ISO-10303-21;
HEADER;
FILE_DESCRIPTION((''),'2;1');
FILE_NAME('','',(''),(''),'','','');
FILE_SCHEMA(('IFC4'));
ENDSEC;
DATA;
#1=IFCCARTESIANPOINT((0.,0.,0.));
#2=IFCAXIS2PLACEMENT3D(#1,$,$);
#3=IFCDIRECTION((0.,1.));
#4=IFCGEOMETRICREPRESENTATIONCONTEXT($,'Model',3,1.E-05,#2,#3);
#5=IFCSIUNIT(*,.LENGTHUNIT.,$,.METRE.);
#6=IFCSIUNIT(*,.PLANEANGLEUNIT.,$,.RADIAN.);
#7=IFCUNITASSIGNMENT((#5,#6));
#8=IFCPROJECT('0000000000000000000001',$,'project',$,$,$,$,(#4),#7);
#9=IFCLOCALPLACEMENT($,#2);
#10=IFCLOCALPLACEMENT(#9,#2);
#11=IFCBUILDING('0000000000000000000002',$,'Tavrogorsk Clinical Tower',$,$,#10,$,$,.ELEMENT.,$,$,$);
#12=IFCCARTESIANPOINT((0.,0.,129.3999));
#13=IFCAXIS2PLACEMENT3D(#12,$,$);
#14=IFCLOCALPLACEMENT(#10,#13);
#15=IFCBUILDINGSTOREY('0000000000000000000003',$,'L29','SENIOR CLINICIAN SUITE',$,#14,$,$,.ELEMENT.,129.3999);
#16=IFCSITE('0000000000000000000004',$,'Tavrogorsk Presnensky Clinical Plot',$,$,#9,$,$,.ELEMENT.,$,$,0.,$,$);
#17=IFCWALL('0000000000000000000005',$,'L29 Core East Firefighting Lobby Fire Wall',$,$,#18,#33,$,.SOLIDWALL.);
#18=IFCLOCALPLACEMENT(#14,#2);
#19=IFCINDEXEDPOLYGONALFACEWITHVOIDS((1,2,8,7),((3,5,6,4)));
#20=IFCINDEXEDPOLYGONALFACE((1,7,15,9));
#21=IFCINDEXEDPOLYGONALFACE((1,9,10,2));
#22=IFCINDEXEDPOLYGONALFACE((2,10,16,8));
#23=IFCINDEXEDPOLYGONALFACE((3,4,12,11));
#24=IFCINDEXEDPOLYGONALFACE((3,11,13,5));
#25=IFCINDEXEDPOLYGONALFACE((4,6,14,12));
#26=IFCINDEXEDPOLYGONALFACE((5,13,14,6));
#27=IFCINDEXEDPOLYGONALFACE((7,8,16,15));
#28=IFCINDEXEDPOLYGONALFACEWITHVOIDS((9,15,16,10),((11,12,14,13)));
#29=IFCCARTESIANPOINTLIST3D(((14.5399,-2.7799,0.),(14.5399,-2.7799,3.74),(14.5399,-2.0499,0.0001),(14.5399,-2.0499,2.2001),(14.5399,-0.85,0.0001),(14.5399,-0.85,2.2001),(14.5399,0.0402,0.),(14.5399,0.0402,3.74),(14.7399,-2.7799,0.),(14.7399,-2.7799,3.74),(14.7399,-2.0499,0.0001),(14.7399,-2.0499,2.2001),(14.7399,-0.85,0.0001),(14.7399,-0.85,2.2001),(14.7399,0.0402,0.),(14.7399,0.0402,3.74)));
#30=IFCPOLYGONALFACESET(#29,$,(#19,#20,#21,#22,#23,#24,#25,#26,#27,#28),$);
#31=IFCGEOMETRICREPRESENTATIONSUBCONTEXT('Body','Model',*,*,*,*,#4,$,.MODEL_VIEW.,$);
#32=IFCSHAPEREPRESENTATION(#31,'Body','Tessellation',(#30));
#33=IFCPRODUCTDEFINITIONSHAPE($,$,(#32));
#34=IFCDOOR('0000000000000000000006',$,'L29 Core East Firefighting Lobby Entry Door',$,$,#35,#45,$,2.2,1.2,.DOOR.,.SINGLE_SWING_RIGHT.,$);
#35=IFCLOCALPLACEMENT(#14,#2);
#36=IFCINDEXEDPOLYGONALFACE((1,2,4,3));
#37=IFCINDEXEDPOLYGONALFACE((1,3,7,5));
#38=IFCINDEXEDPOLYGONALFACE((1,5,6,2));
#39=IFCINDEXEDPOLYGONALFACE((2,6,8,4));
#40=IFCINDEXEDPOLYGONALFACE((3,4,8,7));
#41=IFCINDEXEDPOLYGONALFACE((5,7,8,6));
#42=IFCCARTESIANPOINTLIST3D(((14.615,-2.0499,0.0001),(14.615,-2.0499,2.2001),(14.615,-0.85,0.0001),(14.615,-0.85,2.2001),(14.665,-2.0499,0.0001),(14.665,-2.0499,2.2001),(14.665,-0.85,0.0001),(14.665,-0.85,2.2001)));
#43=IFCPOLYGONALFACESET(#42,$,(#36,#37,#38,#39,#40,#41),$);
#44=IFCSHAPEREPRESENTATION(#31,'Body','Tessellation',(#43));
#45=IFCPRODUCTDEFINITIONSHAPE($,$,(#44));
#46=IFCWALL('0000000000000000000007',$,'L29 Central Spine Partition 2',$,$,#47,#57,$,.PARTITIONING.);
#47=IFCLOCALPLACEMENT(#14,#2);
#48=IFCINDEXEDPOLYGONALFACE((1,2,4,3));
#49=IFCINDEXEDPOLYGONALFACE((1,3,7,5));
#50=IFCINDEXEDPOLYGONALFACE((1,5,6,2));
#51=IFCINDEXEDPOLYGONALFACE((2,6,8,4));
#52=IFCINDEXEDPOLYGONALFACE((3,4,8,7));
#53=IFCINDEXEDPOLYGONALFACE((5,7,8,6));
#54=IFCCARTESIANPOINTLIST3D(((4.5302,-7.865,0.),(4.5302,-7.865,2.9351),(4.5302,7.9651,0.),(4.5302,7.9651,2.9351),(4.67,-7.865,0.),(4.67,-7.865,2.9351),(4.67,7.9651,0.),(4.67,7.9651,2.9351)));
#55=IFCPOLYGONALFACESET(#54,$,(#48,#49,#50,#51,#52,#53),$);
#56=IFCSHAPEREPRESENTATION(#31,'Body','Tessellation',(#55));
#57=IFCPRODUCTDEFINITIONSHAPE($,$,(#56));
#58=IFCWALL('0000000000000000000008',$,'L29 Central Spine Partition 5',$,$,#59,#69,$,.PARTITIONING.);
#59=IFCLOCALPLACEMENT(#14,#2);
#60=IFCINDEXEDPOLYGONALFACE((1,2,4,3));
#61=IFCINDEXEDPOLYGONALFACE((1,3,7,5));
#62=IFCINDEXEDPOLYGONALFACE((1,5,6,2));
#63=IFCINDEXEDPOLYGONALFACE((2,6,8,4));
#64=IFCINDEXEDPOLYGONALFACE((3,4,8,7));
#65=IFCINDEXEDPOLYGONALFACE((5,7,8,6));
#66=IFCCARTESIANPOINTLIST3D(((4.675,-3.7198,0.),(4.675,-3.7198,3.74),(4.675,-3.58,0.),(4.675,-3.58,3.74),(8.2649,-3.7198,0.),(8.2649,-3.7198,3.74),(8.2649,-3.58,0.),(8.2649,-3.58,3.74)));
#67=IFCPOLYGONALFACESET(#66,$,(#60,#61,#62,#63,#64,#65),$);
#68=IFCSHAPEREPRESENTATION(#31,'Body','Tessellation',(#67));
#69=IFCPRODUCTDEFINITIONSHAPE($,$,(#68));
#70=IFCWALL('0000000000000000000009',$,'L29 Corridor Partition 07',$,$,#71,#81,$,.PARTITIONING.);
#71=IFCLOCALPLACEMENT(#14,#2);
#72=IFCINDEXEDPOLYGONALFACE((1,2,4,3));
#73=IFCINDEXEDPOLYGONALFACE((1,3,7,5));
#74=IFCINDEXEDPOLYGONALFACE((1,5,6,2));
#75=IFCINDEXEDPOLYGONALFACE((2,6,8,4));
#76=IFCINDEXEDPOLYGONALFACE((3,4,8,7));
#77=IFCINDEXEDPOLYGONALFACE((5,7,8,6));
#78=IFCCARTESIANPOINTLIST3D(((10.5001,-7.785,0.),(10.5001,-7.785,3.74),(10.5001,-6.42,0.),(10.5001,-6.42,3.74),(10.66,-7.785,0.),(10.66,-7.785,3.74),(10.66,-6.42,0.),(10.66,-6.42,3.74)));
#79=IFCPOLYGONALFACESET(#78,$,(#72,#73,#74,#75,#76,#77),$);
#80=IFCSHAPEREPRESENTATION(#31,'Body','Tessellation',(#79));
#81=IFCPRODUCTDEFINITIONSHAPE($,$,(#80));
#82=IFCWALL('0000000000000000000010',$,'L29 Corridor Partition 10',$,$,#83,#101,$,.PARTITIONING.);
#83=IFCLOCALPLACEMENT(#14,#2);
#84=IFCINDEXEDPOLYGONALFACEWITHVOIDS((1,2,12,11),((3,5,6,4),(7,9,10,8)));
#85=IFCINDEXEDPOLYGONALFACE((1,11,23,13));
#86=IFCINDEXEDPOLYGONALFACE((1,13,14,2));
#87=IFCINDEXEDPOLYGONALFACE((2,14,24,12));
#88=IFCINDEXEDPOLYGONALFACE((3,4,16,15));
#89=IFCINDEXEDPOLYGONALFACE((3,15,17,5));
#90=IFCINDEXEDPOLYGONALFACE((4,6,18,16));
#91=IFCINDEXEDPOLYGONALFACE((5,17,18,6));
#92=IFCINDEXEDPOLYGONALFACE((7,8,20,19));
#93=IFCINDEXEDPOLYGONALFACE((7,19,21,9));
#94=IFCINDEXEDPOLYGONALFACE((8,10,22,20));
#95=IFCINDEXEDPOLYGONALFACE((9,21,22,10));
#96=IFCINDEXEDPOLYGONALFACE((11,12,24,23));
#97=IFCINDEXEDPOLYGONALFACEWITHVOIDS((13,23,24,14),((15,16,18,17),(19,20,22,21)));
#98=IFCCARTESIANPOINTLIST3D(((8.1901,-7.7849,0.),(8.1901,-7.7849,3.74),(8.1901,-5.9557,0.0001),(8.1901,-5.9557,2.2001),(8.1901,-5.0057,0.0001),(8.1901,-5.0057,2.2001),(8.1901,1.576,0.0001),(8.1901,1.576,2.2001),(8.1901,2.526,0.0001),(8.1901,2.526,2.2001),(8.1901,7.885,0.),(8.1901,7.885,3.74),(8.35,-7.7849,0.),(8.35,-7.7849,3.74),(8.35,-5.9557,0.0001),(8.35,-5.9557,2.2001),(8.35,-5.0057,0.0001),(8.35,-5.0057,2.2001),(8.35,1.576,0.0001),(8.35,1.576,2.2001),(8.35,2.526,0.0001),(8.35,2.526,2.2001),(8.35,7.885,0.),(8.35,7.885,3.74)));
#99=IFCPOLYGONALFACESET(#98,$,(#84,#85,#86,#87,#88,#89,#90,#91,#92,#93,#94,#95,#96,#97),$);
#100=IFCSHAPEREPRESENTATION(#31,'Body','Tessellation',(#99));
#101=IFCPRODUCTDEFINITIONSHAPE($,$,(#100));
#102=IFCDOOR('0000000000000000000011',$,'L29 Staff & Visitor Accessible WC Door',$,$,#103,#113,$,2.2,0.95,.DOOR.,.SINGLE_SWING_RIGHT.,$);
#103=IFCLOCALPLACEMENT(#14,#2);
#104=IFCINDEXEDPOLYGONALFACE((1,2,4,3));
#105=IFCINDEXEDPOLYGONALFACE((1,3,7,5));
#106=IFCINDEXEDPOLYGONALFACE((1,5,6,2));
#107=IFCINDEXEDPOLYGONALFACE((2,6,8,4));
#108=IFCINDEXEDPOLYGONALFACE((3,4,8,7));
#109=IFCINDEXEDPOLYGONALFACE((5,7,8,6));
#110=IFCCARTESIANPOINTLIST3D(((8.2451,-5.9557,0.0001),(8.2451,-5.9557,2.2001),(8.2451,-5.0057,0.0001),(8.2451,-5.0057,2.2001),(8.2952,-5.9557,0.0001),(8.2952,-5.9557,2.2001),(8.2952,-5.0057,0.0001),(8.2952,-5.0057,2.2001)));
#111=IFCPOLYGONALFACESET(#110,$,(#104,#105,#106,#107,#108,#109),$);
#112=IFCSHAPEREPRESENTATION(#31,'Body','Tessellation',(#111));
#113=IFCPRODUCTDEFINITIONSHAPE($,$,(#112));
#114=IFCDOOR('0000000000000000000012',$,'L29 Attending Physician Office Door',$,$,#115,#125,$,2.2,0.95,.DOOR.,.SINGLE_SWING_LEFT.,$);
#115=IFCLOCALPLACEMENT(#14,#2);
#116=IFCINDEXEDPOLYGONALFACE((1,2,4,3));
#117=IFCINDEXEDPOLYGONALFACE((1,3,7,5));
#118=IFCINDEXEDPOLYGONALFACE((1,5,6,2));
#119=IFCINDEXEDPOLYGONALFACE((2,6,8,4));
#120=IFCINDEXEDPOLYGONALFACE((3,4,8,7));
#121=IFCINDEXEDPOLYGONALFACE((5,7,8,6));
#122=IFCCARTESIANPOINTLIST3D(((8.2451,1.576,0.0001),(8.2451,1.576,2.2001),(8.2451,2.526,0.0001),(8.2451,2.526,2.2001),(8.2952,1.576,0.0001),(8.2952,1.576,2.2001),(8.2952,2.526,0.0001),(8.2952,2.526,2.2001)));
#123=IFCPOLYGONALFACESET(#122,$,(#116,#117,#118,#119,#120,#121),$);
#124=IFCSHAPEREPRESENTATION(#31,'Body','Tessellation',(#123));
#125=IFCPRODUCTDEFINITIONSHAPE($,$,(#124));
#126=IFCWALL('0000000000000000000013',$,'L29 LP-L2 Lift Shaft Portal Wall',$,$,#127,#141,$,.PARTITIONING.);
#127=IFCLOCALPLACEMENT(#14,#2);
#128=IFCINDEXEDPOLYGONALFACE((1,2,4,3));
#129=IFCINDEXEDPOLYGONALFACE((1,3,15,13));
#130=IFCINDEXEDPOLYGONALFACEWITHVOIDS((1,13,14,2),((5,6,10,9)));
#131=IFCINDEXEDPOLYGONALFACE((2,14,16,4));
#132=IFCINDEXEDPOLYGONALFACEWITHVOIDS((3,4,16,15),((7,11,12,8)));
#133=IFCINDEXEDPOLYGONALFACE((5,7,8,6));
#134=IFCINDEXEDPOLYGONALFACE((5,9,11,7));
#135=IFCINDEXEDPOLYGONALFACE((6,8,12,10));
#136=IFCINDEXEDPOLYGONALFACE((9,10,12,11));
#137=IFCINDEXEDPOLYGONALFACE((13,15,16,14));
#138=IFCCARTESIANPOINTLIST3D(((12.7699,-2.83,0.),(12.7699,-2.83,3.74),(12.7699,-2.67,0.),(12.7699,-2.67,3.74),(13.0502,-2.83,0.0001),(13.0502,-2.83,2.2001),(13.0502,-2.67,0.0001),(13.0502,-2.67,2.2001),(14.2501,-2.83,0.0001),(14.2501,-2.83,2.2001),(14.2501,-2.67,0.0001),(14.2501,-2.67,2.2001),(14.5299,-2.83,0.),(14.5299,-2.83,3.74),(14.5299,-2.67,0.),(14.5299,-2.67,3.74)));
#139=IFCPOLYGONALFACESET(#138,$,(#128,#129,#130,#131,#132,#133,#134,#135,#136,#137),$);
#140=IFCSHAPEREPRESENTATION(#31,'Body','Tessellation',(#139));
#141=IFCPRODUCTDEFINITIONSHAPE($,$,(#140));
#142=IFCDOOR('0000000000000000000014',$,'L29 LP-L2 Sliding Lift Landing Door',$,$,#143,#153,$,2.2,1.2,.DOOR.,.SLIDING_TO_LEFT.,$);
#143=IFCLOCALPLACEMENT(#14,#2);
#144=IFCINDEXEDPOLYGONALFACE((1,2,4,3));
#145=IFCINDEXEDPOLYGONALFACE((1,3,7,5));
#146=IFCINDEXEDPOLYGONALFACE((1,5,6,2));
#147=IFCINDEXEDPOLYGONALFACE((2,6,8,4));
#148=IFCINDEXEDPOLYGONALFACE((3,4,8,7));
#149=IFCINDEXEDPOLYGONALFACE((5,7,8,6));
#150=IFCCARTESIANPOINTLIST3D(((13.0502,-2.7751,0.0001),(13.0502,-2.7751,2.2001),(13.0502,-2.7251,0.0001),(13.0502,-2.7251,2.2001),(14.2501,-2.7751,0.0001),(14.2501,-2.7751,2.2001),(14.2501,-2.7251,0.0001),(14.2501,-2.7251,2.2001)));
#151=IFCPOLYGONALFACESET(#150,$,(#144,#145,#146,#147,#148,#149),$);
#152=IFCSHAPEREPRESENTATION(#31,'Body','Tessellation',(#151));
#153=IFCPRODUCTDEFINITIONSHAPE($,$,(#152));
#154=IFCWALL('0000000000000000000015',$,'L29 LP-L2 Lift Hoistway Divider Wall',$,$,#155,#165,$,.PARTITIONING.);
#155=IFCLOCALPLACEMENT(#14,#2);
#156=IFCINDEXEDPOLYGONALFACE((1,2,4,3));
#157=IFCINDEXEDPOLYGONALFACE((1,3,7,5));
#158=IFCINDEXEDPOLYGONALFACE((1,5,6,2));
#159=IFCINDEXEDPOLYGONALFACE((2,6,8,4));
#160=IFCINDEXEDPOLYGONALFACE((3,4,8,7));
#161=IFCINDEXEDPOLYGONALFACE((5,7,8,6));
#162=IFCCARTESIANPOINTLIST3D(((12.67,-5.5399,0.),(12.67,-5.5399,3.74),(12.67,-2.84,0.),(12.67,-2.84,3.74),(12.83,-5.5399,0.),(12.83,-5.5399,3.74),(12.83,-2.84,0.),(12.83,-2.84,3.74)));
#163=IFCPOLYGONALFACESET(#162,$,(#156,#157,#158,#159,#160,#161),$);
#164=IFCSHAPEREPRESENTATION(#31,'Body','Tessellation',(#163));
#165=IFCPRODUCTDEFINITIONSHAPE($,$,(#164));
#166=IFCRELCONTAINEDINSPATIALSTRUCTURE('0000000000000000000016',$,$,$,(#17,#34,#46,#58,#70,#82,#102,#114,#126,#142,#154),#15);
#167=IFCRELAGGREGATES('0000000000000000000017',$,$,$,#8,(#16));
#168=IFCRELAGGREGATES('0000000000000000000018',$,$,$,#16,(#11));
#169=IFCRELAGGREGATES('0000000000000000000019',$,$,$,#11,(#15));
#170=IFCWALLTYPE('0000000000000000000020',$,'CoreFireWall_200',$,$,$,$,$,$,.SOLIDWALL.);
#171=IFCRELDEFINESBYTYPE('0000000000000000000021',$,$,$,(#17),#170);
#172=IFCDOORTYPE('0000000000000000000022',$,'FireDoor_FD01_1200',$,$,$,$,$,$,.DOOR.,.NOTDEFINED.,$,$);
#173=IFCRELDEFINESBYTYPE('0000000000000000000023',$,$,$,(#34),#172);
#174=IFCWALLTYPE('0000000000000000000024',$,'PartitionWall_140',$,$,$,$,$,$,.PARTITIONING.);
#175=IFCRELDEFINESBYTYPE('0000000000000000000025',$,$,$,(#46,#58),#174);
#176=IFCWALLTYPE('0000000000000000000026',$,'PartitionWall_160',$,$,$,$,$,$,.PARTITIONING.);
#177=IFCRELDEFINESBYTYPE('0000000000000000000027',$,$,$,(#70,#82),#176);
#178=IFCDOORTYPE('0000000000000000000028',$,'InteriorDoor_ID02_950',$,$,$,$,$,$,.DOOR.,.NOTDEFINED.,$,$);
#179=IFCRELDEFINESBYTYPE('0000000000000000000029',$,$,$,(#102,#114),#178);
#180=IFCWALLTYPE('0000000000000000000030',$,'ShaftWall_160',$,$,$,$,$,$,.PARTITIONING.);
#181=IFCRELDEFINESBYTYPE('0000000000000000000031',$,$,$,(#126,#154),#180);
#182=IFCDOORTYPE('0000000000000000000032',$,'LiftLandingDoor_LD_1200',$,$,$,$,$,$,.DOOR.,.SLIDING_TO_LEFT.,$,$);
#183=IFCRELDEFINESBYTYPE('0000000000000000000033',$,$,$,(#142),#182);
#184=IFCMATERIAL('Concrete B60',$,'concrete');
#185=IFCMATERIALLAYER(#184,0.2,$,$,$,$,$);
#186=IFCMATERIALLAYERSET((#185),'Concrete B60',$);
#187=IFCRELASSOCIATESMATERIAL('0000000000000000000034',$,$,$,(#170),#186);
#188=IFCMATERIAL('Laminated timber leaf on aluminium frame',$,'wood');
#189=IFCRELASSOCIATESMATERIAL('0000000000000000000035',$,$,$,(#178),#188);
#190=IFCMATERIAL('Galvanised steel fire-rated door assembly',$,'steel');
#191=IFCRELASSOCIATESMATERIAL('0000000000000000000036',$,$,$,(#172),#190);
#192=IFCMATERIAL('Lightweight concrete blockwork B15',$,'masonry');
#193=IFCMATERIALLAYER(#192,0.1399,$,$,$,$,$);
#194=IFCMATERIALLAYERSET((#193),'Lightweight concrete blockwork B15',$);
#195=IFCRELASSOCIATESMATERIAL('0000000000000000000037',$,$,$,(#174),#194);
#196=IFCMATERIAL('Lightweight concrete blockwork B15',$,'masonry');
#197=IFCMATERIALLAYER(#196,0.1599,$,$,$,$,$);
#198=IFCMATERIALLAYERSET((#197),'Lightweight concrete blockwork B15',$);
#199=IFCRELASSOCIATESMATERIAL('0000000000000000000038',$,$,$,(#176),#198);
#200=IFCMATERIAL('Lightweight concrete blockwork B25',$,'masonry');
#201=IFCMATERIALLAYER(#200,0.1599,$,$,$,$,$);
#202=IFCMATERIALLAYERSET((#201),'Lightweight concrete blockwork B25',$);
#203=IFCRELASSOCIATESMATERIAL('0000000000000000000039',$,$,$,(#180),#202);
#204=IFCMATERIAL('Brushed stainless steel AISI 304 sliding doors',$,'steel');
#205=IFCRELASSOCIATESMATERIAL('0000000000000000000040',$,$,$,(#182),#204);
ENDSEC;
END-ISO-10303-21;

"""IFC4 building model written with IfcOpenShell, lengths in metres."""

from ifc_helpers import new_model, si_unit, direction, frame, frame_2d, origin, place, context, subcontext, project, spatial, rectangle, extrude, material, layer, layer_set, type_object, element, fill, save


model = new_model("IFC4")

# Units and contexts
model_context = context("Model", 3, precision=1e-05, world=origin(), true_north=direction((0.0, 1.0)))
body_context = subcontext(model_context, "Body", "Model", "MODEL_VIEW")
ifc_project = project(units=[si_unit("LENGTHUNIT", "METRE"), si_unit("PLANEANGLEUNIT", "RADIAN")], contexts=[model_context])

# Site, building, storey
site_placement = place(None, origin())
site = spatial("IfcSite", under=ifc_project, at=site_placement, Name="Tavrogorsk Presnensky Clinical Plot", CompositionType="ELEMENT", RefElevation=0.0)
building_placement = place(site_placement, origin())
building = spatial("IfcBuilding", under=site, at=building_placement, Name="Tavrogorsk Clinical Tower", CompositionType="ELEMENT")
storey_placement = place(building_placement, frame((0.0, 0.0, 129.3999)))
storey = spatial("IfcBuildingStorey", under=building, at=storey_placement, Name="L29", Description="SENIOR CLINICIAN SUITE", CompositionType="ELEMENT", Elevation=129.3999)

# Wall, opening, door
ifc_material_1 = material(Name="Concrete B60", Category="concrete")
ifc_layer_1 = layer(ifc_material_1, 0.2)
ifc_layer_set_1 = layer_set([ifc_layer_1], Name="Concrete B60")
wall_type_1 = type_object("IfcWallType", Name="CoreFireWall_200", PredefinedType="SOLIDWALL", material=ifc_layer_set_1)
ifc_material_2 = material(Name="Laminated timber leaf on aluminium frame", Category="wood")
door_type_1 = type_object("IfcDoorType", Name="InteriorDoor_ID02_950", OperationType="NOTDEFINED", PredefinedType="DOOR", material=ifc_material_2)
wall_1_placement = place(storey_placement, frame((14.6399, -2.78, 0.0), z_axis=(0.0, 0.0, 1.0), x_axis=(0.0, 1.0, 0.0)))
wall_1 = element("IfcWall", 1, at=wall_1_placement, inside=storey, type_object=wall_type_1, Name="L29 Core East Firefighting Lobby Fire Wall", PredefinedType="SOLIDWALL", context=body_context, shape_type="SweptSolid", body=[
    extrude(rectangle(XDim=2.8201, YDim=0.2, at=frame_2d((1.4102, 0.0))), origin(), (0.0, 0.0, 1.0), 3.74),
])
opening_1_placement = place(wall_1_placement, frame((0.73, 0.0, 0.0)))
opening_1 = element("IfcOpeningElement", 2, at=opening_1_placement, cuts=wall_1, PredefinedType="OPENING", context=body_context, shape_type="SweptSolid", body=[
    extrude(rectangle(XDim=1.2, YDim=2.2, at=frame_2d((0.6001, 1.1001))), frame((0.0, 0.1099, 0.0), z_axis=(0.0, -1.0, 0.0), x_axis=(1.0, 0.0, 0.0)), (0.0, 0.0, 1.0), 0.22),
])
ifc_material_3 = material(Name="Galvanised steel fire-rated door assembly", Category="steel")
door_type_2 = type_object("IfcDoorType", Name="FireDoor_FD01_1200", OperationType="NOTDEFINED", PredefinedType="DOOR", material=ifc_material_3)
door_1_placement = place(opening_1_placement, origin())
door_1 = element("IfcDoor", 3, at=door_1_placement, inside=storey, type_object=door_type_2, Name="L29 Core East Firefighting Lobby Entry Door", OperationType="SINGLE_SWING_RIGHT", OverallHeight=2.2, OverallWidth=1.2, PredefinedType="DOOR", context=body_context, shape_type="SweptSolid", body=[
    extrude(rectangle(XDim=1.2, YDim=2.2, at=frame_2d((0.6001, 1.1001))), frame((0.0, 0.0249, 0.0), z_axis=(0.0, -1.0, 0.0), x_axis=(1.0, 0.0, 0.0)), (0.0, 0.0, 1.0), 0.05),
])
fill(opening_1, door_1)

# Walls
ifc_material_4 = material(Name="Lightweight concrete blockwork B15", Category="masonry")
ifc_layer_2 = layer(ifc_material_4, 0.1399)
ifc_layer_set_2 = layer_set([ifc_layer_2], Name="Lightweight concrete blockwork B15")
wall_type_2 = type_object("IfcWallType", Name="PartitionWall_140", PredefinedType="PARTITIONING", material=ifc_layer_set_2)
wall_2_placement = place(storey_placement, frame((4.6001, -7.865, 0.0), z_axis=(0.0, 0.0, 1.0), x_axis=(0.0, 1.0, 0.0)))
element("IfcWall", 4, at=wall_2_placement, inside=storey, type_object=wall_type_2, Name="L29 Central Spine Partition 2", PredefinedType="PARTITIONING", context=body_context, shape_type="SweptSolid", body=[
    extrude(rectangle(XDim=15.8301, YDim=0.1399, at=frame_2d((7.915, 0.0))), origin(), (0.0, 0.0, 1.0), 2.9351),
])
wall_3_placement = place(storey_placement, frame((4.675, -3.6499, 0.0), z_axis=(0.0, 0.0, 1.0), x_axis=(1.0, 0.0, 0.0)))
element("IfcWall", 5, at=wall_3_placement, inside=storey, type_object=wall_type_2, Name="L29 Central Spine Partition 5", PredefinedType="PARTITIONING", context=body_context, shape_type="SweptSolid", body=[
    extrude(rectangle(XDim=3.5898, YDim=0.1399, at=frame_2d((1.7949, 0.0))), origin(), (0.0, 0.0, 1.0), 3.74),
])
ifc_material_5 = material(Name="Lightweight concrete blockwork B15", Category="masonry")
ifc_layer_3 = layer(ifc_material_5, 0.1599)
ifc_layer_set_3 = layer_set([ifc_layer_3], Name="Lightweight concrete blockwork B15")
wall_type_3 = type_object("IfcWallType", Name="PartitionWall_160", PredefinedType="PARTITIONING", material=ifc_layer_set_3)
wall_4_placement = place(storey_placement, frame((10.5801, -6.4199, 0.0), z_axis=(0.0, 0.0, 1.0), x_axis=(0.0, -1.0, 0.0)))
element("IfcWall", 6, at=wall_4_placement, inside=storey, type_object=wall_type_3, Name="L29 Corridor Partition 07", PredefinedType="PARTITIONING", context=body_context, shape_type="SweptSolid", body=[
    extrude(rectangle(XDim=1.365, YDim=0.1599, at=frame_2d((0.6826, 0.0))), origin(), (0.0, 0.0, 1.0), 3.74),
])

# Wall, openings, doors
wall_5_placement = place(storey_placement, frame((8.27, -7.7849, 0.0), z_axis=(0.0, 0.0, 1.0), x_axis=(0.0, 1.0, 0.0)))
wall_5 = element("IfcWall", 7, at=wall_5_placement, inside=storey, type_object=wall_type_3, Name="L29 Corridor Partition 10", PredefinedType="PARTITIONING", context=body_context, shape_type="SweptSolid", body=[
    extrude(rectangle(XDim=15.6699, YDim=0.1599, at=frame_2d((7.835, 0.0))), origin(), (0.0, 0.0, 1.0), 3.74),
])
opening_2_placement = place(wall_5_placement, frame((1.8291, 0.0, 0.0)))
opening_2 = element("IfcOpeningElement", 8, at=opening_2_placement, cuts=wall_5, PredefinedType="OPENING", context=body_context, shape_type="SweptSolid", body=[
    extrude(rectangle(XDim=0.95, YDim=2.2, at=frame_2d((0.4751, 1.1001))), frame((0.0, 0.0898, 0.0), z_axis=(0.0, -1.0, 0.0), x_axis=(1.0, 0.0, 0.0)), (0.0, 0.0, 1.0), 0.1799),
])
opening_3_placement = place(wall_5_placement, frame((9.3608, 0.0, 0.0)))
opening_3 = element("IfcOpeningElement", 9, at=opening_3_placement, cuts=wall_5, PredefinedType="OPENING", context=body_context, shape_type="SweptSolid", body=[
    extrude(rectangle(XDim=0.95, YDim=2.2, at=frame_2d((0.4751, 1.1001))), frame((0.0, 0.0898, 0.0), z_axis=(0.0, -1.0, 0.0), x_axis=(1.0, 0.0, 0.0)), (0.0, 0.0, 1.0), 0.1799),
])
door_2_placement = place(opening_2_placement, origin())
door_2 = element("IfcDoor", 10, at=door_2_placement, inside=storey, type_object=door_type_1, Name="L29 Staff & Visitor Accessible WC Door", OperationType="SINGLE_SWING_RIGHT", OverallHeight=2.2, OverallWidth=0.95, PredefinedType="DOOR", context=body_context, shape_type="SweptSolid", body=[
    extrude(rectangle(XDim=0.95, YDim=2.2, at=frame_2d((0.4751, 1.1001))), frame((0.0, 0.0249, 0.0), z_axis=(0.0, -1.0, 0.0), x_axis=(1.0, 0.0, 0.0)), (0.0, 0.0, 1.0), 0.05),
])
fill(opening_2, door_2)
door_3_placement = place(opening_3_placement, origin())
door_3 = element("IfcDoor", 11, at=door_3_placement, inside=storey, type_object=door_type_1, Name="L29 Attending Physician Office Door", OperationType="SINGLE_SWING_LEFT", OverallHeight=2.2, OverallWidth=0.95, PredefinedType="DOOR", context=body_context, shape_type="SweptSolid", body=[
    extrude(rectangle(XDim=0.95, YDim=2.2, at=frame_2d((0.4751, 1.1001))), frame((0.0, 0.0249, 0.0), z_axis=(0.0, -1.0, 0.0), x_axis=(1.0, 0.0, 0.0)), (0.0, 0.0, 1.0), 0.05),
])
fill(opening_3, door_3)

# Wall, opening, door
ifc_material_6 = material(Name="Lightweight concrete blockwork B25", Category="masonry")
ifc_layer_4 = layer(ifc_material_6, 0.1599)
ifc_layer_set_4 = layer_set([ifc_layer_4], Name="Lightweight concrete blockwork B25")
wall_type_4 = type_object("IfcWallType", Name="ShaftWall_160", PredefinedType="PARTITIONING", material=ifc_layer_set_4)
wall_6_placement = place(storey_placement, frame((12.77, -2.75, 0.0), z_axis=(0.0, 0.0, 1.0), x_axis=(1.0, 0.0, 0.0)))
wall_6 = element("IfcWall", 12, at=wall_6_placement, inside=storey, type_object=wall_type_4, Name="L29 LP-L2 Lift Shaft Portal Wall", PredefinedType="PARTITIONING", context=body_context, shape_type="SweptSolid", body=[
    extrude(rectangle(XDim=1.76, YDim=0.1599, at=frame_2d((0.8799, 0.0))), origin(), (0.0, 0.0, 1.0), 3.74),
])
opening_4_placement = place(wall_6_placement, frame((0.28, 0.0, 0.0)))
opening_4 = element("IfcOpeningElement", 13, at=opening_4_placement, cuts=wall_6, PredefinedType="OPENING", context=body_context, shape_type="SweptSolid", body=[
    extrude(rectangle(XDim=1.2, YDim=2.2, at=frame_2d((0.6001, 1.1001))), frame((0.0, 0.0898, 0.0), z_axis=(0.0, -1.0, 0.0), x_axis=(1.0, 0.0, 0.0)), (0.0, 0.0, 1.0), 0.1799),
])
ifc_material_7 = material(Name="Brushed stainless steel AISI 304 sliding doors", Category="steel")
door_type_3 = type_object("IfcDoorType", Name="LiftLandingDoor_LD_1200", OperationType="SLIDING_TO_LEFT", PredefinedType="DOOR", material=ifc_material_7)
door_4_placement = place(opening_4_placement, origin())
door_4 = element("IfcDoor", 14, at=door_4_placement, inside=storey, type_object=door_type_3, Name="L29 LP-L2 Sliding Lift Landing Door", OperationType="SLIDING_TO_LEFT", OverallHeight=2.2, OverallWidth=1.2, PredefinedType="DOOR", context=body_context, shape_type="SweptSolid", body=[
    extrude(rectangle(XDim=1.2, YDim=2.2, at=frame_2d((0.6001, 1.1001))), frame((0.0, 0.0249, 0.0), z_axis=(0.0, -1.0, 0.0), x_axis=(1.0, 0.0, 0.0)), (0.0, 0.0, 1.0), 0.05),
])
fill(opening_4, door_4)

# Wall
for number, where, z_axis, x_axis, name in (
    (15, (12.75, -5.54, 0.0), (0.0, 0.0, 1.0), (0.0, 1.0, 0.0), "L29 LP-L2 Lift Hoistway Divider Wall"),
):
    element("IfcWall", number, at=place(storey_placement, frame(where, z_axis=z_axis, x_axis=x_axis)), inside=storey, type_object=wall_type_4, Name=name, PredefinedType="PARTITIONING", context=body_context, shape_type="SweptSolid", body=[
        extrude(rectangle(XDim=2.7, YDim=0.1599, at=frame_2d((1.3501, 0.0))), origin(), (0.0, 0.0, 1.0), 3.74),
    ])

save(model, "model.ifc")
